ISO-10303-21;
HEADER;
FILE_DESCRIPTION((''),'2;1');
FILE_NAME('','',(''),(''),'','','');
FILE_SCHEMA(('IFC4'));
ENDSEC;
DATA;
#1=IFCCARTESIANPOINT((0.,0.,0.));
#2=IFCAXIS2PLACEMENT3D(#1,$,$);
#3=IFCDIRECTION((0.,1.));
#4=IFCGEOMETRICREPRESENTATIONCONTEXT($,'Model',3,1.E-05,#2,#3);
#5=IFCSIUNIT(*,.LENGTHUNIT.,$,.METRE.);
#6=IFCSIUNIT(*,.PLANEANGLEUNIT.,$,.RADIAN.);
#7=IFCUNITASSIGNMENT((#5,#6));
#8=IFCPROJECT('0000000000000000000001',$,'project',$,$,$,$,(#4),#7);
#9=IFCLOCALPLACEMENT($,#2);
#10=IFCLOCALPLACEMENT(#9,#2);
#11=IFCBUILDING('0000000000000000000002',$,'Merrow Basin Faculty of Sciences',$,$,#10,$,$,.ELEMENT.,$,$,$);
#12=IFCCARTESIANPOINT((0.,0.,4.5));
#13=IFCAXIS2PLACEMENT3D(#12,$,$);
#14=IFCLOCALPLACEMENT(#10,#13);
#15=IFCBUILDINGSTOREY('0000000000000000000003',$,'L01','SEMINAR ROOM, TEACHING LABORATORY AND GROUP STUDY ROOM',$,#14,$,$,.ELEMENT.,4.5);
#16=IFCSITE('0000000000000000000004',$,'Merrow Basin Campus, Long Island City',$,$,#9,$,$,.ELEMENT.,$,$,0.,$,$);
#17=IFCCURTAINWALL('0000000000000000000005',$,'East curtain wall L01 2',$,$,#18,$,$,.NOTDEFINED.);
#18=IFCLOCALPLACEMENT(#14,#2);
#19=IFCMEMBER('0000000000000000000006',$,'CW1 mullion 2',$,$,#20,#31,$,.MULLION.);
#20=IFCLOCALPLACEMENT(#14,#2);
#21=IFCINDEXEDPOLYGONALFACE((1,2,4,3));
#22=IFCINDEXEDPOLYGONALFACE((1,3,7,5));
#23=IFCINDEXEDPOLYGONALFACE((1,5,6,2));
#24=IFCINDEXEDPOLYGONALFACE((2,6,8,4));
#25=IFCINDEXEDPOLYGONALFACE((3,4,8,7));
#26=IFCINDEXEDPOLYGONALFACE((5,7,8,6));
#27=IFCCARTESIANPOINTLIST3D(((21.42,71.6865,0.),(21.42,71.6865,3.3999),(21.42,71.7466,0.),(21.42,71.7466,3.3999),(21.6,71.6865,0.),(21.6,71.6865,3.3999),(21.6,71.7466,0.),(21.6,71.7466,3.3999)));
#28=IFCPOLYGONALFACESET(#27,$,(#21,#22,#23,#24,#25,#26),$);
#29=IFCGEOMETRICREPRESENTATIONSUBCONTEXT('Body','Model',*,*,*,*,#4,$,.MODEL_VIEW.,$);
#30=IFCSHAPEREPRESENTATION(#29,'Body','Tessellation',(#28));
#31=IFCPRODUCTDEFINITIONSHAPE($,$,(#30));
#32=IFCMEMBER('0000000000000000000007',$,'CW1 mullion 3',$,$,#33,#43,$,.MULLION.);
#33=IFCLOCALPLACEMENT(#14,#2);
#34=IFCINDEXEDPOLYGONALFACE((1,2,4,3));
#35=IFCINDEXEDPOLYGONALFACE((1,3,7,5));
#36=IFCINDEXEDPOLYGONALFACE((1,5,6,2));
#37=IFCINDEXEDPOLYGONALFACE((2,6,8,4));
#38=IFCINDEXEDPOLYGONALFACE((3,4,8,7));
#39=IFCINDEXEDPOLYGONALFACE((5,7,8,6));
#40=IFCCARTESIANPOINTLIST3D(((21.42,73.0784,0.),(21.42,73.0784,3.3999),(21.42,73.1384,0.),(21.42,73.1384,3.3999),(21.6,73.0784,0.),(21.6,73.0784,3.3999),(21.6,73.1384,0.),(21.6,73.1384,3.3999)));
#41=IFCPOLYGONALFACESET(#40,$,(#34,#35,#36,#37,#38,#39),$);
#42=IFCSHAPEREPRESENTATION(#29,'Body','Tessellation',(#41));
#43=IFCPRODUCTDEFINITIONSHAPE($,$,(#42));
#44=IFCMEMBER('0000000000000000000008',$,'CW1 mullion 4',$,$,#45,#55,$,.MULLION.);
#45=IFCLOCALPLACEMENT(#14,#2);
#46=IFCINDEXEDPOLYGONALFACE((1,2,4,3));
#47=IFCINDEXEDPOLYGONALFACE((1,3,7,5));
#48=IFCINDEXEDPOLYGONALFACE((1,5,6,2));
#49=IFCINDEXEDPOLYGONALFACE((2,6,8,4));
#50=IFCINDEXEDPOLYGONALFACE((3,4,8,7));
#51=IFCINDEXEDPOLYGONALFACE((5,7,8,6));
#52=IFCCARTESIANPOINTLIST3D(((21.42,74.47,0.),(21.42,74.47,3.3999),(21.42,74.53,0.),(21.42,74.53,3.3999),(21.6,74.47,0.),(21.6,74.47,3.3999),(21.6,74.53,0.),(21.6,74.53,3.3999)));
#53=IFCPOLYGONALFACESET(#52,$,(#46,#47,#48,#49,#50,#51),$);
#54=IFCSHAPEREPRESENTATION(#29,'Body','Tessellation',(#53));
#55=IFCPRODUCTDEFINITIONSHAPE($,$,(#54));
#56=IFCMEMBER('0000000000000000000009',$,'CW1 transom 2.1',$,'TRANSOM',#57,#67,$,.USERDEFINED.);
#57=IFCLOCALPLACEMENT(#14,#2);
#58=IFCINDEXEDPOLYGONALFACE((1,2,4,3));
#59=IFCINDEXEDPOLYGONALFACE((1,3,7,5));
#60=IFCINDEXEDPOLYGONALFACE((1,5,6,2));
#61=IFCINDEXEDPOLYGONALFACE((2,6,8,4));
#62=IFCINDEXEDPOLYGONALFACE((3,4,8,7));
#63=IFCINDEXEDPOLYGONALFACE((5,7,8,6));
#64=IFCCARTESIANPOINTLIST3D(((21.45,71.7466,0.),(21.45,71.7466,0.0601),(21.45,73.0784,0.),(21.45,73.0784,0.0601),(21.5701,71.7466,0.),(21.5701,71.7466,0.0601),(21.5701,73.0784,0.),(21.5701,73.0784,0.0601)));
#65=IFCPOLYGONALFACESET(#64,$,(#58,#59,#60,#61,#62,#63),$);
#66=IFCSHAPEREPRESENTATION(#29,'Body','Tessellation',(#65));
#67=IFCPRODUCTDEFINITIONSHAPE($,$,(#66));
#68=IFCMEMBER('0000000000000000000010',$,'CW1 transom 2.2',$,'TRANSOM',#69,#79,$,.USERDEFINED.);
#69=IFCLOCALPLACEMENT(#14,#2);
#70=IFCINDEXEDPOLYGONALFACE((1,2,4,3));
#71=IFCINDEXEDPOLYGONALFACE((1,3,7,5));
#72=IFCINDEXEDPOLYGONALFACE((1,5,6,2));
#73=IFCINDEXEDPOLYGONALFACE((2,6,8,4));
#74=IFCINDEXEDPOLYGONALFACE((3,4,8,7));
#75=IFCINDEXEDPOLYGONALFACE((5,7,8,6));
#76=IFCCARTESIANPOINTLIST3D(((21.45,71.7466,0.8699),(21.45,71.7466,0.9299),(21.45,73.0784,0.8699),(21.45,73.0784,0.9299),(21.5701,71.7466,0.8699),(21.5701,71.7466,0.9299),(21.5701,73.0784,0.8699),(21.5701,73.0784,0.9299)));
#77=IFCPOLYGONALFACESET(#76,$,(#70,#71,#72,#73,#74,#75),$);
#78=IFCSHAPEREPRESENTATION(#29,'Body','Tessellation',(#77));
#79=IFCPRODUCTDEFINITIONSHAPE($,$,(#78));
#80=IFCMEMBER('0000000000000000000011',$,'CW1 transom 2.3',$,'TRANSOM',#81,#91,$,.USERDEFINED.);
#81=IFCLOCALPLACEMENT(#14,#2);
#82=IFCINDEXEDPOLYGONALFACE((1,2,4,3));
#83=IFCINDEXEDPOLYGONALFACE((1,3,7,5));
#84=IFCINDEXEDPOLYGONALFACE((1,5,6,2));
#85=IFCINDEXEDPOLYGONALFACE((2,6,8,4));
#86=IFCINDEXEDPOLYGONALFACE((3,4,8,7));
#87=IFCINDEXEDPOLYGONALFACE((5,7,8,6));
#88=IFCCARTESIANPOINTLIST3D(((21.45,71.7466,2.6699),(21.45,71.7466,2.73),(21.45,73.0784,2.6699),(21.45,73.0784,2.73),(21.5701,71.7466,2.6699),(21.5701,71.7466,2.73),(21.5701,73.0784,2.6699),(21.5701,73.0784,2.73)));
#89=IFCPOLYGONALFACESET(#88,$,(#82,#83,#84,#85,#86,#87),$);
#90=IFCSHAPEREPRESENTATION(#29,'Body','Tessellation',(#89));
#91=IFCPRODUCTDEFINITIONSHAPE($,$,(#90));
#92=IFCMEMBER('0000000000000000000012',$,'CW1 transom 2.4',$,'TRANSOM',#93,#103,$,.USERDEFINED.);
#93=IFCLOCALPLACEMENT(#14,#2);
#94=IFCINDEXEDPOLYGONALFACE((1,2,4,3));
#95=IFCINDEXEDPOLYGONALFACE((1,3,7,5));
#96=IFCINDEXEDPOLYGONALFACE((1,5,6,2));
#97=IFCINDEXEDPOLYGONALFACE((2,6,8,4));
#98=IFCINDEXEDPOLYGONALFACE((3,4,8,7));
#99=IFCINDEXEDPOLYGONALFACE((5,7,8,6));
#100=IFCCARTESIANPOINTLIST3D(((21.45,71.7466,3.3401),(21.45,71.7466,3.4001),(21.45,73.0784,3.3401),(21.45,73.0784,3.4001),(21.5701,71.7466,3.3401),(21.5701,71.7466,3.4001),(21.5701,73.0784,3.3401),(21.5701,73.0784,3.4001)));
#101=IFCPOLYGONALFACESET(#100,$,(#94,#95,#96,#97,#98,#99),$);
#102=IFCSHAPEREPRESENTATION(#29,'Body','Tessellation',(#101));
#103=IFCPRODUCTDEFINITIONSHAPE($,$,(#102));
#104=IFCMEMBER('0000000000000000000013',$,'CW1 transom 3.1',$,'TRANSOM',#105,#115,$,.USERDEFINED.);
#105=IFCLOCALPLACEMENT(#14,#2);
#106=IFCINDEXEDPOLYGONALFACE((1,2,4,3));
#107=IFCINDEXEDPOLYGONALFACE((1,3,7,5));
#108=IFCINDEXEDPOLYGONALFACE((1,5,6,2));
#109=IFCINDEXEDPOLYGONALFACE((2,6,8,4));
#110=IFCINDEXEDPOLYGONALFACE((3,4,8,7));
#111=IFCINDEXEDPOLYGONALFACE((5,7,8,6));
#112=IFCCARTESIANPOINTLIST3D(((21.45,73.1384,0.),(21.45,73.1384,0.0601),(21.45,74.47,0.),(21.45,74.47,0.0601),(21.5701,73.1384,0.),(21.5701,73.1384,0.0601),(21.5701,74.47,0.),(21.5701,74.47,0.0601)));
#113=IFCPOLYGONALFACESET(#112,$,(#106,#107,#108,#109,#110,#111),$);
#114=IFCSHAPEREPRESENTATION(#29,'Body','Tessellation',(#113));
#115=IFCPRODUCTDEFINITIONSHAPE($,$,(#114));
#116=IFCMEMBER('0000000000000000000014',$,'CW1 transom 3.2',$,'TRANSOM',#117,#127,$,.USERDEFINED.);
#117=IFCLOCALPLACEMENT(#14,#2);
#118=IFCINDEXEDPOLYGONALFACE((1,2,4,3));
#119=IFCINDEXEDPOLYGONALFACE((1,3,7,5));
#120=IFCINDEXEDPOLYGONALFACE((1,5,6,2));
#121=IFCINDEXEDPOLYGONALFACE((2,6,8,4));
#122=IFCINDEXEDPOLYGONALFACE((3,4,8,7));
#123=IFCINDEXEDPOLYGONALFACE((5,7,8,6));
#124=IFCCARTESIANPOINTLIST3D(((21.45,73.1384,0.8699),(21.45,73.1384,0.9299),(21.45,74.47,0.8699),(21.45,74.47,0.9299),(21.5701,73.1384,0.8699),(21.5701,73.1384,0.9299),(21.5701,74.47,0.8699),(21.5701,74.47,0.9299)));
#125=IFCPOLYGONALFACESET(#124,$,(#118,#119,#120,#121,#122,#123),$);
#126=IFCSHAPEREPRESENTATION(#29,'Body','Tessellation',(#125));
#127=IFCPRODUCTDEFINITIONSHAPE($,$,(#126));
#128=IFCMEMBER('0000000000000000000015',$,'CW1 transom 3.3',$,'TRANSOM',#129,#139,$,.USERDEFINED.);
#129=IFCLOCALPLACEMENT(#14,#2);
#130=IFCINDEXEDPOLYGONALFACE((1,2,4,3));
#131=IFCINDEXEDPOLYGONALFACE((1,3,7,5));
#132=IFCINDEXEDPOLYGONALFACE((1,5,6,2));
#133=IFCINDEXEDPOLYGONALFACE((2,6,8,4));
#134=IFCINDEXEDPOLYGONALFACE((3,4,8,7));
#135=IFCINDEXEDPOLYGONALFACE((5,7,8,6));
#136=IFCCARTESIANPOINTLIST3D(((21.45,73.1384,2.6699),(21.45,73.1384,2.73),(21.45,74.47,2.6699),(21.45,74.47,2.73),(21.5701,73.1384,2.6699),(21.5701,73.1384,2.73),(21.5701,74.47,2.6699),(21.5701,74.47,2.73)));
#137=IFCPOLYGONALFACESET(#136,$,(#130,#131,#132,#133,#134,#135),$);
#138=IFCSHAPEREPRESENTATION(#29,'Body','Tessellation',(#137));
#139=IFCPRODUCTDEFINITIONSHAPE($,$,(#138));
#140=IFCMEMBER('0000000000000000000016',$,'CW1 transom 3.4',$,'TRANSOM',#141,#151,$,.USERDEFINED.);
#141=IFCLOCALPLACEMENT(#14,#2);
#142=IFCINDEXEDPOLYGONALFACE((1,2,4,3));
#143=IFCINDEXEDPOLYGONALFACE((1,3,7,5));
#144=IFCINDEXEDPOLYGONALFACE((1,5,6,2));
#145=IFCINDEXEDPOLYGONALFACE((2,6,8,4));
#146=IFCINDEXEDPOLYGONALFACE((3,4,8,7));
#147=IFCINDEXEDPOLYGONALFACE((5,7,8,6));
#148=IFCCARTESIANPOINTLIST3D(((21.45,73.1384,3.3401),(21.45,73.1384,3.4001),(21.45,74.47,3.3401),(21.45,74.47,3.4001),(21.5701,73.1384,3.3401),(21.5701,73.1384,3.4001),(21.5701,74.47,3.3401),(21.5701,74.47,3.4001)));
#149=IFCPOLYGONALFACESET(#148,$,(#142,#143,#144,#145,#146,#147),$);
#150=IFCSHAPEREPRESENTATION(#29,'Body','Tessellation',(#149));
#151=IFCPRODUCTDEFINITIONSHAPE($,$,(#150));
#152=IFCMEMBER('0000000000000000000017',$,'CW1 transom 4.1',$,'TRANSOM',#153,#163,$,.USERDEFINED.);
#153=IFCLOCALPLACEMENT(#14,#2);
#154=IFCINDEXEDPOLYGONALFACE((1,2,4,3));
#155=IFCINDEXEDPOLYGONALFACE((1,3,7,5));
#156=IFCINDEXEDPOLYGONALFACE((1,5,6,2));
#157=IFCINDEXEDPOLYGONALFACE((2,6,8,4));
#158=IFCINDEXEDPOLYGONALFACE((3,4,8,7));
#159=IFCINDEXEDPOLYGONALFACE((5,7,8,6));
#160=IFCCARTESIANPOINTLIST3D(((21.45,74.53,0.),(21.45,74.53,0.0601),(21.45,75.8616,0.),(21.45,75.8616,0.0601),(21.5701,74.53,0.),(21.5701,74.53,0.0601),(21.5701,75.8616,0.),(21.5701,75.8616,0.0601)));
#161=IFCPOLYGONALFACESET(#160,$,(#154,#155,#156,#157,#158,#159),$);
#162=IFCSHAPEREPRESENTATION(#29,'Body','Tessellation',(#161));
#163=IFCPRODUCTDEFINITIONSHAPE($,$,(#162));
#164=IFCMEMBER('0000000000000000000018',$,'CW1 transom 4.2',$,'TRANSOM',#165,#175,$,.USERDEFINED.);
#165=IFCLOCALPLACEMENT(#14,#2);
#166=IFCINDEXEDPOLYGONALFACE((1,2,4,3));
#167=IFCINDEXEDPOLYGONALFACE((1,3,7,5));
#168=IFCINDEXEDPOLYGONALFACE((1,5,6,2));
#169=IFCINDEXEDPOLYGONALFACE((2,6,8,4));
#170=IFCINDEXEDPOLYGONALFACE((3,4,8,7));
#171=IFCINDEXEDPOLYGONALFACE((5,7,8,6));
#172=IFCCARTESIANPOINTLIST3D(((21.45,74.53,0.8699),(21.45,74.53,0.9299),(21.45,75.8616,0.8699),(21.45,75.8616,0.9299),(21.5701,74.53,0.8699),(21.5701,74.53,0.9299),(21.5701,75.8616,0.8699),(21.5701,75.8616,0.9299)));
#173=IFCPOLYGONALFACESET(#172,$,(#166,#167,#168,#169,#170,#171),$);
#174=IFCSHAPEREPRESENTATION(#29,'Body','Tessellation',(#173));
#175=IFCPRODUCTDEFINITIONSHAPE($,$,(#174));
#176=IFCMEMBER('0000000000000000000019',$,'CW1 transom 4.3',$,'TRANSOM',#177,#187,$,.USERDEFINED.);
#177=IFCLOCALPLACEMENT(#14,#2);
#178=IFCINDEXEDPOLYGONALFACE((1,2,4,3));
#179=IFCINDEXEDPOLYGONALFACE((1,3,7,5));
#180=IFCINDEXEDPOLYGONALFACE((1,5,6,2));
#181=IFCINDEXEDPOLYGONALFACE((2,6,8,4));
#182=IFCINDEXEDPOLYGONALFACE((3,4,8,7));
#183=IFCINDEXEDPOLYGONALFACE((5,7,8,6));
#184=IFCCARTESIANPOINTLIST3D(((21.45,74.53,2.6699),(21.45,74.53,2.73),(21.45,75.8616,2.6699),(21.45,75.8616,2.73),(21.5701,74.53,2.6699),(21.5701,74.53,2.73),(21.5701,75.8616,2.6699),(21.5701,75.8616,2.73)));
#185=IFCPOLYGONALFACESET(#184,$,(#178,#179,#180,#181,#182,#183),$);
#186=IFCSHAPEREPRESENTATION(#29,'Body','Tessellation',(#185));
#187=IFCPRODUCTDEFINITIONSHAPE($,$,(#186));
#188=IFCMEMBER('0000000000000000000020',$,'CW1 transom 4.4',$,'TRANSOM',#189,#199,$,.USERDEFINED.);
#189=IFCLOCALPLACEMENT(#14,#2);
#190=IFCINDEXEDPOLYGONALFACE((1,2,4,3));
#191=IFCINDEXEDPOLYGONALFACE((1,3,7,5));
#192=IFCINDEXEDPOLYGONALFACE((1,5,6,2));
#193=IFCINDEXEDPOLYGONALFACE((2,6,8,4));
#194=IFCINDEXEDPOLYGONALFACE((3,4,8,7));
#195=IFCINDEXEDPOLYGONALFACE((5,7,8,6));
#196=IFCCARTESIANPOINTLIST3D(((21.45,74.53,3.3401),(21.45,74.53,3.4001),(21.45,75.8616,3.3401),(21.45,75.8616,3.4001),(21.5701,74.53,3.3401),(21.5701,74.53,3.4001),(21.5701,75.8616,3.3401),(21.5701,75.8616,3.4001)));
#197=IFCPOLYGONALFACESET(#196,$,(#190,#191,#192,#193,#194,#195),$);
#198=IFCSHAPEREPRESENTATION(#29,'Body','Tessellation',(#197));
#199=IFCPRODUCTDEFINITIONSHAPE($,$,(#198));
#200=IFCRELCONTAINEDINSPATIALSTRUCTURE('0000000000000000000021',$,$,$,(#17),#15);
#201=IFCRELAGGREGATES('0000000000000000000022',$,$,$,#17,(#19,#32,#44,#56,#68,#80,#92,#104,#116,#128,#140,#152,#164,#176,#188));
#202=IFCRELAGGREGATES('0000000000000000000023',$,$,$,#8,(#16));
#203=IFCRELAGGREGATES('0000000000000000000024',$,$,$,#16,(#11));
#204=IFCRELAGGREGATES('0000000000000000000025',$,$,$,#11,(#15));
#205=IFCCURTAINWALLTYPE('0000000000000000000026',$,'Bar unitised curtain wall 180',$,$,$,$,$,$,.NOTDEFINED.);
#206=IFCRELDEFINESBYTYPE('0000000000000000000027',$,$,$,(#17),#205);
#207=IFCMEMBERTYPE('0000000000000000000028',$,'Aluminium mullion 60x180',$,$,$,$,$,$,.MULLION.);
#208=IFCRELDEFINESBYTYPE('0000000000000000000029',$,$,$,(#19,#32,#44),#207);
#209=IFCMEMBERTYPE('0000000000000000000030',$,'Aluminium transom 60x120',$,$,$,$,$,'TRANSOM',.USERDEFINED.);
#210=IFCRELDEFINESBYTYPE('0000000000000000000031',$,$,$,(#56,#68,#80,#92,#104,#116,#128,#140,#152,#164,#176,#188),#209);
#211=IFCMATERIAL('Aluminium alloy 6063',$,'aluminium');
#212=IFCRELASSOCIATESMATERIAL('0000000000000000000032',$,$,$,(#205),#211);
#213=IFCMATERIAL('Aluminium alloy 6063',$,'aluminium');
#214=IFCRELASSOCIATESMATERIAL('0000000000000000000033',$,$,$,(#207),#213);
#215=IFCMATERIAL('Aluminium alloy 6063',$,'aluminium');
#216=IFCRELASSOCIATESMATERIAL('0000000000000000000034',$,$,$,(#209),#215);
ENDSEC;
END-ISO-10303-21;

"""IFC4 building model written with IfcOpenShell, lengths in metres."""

from ifc_helpers import new_model, si_unit, direction, frame, origin, origin_2d, place, context, subcontext, project, spatial, rectangle, extrude, material, material_profile, profile_set, type_object, element, aggregate, save


model = new_model("IFC4")

# Units and contexts
model_context = context("Model", 3, precision=1e-05, world=origin(), true_north=direction((0.0, 1.0)))
body_context = subcontext(model_context, "Body", "Model", "MODEL_VIEW")
ifc_project = project(units=[si_unit("LENGTHUNIT", "METRE"), si_unit("PLANEANGLEUNIT", "RADIAN")], contexts=[model_context])

# Site, building, storey
site_placement = place(None, origin())
site = spatial("IfcSite", under=ifc_project, at=site_placement, Name="Merrow Basin Campus, Long Island City", CompositionType="ELEMENT", RefElevation=0.0)
building_placement = place(site_placement, origin())
building = spatial("IfcBuilding", under=site, at=building_placement, Name="Merrow Basin Faculty of Sciences", CompositionType="ELEMENT")
storey_placement = place(building_placement, frame((0.0, 0.0, 4.5)))
storey = spatial("IfcBuildingStorey", under=building, at=storey_placement, Name="L01", Description="SEMINAR ROOM, TEACHING LABORATORY AND GROUP STUDY ROOM", CompositionType="ELEMENT", Elevation=4.5)

# Curtain wall, members
ifc_material_1 = material(Name="Aluminium alloy 6063", Category="aluminium")
curtain_wall_type = type_object("IfcCurtainWallType", Name="Bar unitised curtain wall 180", PredefinedType="NOTDEFINED", material=ifc_material_1)
curtain_wall_placement = place(storey_placement, origin())
curtain_wall = element("IfcCurtainWall", 1, at=curtain_wall_placement, inside=storey, type_object=curtain_wall_type, Name="East curtain wall L01 2", PredefinedType="NOTDEFINED")
ifc_material_2 = material(Name="Aluminium alloy 6063", Category="aluminium")
ifc_material_profile_1 = material_profile(ifc_material_2, rectangle(XDim=0.1799, YDim=0.0601, at=origin_2d()))
ifc_profile_set_1 = profile_set([ifc_material_profile_1], Name="Aluminium alloy 6063")
member_type_1 = type_object("IfcMemberType", Name="Aluminium mullion 60x180", PredefinedType="MULLION", material=ifc_profile_set_1)
member_1_placement = place(storey_placement, frame((21.51, 71.7166, 0.0), z_axis=(0.0, 0.0, 1.0), x_axis=(-1.0, 0.0, 0.0)))
member_1 = element("IfcMember", 2, at=member_1_placement, type_object=member_type_1, Name="CW1 mullion 2", PredefinedType="MULLION", context=body_context, shape_type="SweptSolid", body=[
    extrude(rectangle(XDim=0.1799, YDim=0.0601, at=origin_2d()), origin(), (0.0, 0.0, 1.0), 3.3999),
])
member_2_placement = place(storey_placement, frame((21.51, 73.1084, 0.0), z_axis=(0.0, 0.0, 1.0), x_axis=(-1.0, 0.0, 0.0)))
member_2 = element("IfcMember", 3, at=member_2_placement, type_object=member_type_1, Name="CW1 mullion 3", PredefinedType="MULLION", context=body_context, shape_type="SweptSolid", body=[
    extrude(rectangle(XDim=0.1799, YDim=0.0601, at=origin_2d()), origin(), (0.0, 0.0, 1.0), 3.3999),
])
member_3_placement = place(storey_placement, frame((21.51, 74.5, 0.0), z_axis=(0.0, 0.0, 1.0), x_axis=(-1.0, 0.0, 0.0)))
member_3 = element("IfcMember", 4, at=member_3_placement, type_object=member_type_1, Name="CW1 mullion 4", PredefinedType="MULLION", context=body_context, shape_type="SweptSolid", body=[
    extrude(rectangle(XDim=0.1799, YDim=0.0601, at=origin_2d()), origin(), (0.0, 0.0, 1.0), 3.3999),
])
ifc_material_3 = material(Name="Aluminium alloy 6063", Category="aluminium")
ifc_material_profile_2 = material_profile(ifc_material_3, rectangle(XDim=0.1201, YDim=0.0601, at=origin_2d()))
ifc_profile_set_2 = profile_set([ifc_material_profile_2], Name="Aluminium alloy 6063")
member_type_2 = type_object("IfcMemberType", Name="Aluminium transom 60x120", ElementType="TRANSOM", PredefinedType="USERDEFINED", material=ifc_profile_set_2)
member_4_placement = place(storey_placement, frame((21.51, 71.7466, 0.03), z_axis=(0.0, 1.0, 0.0), x_axis=(-1.0, 0.0, 0.0)))
member_4 = element("IfcMember", 5, at=member_4_placement, type_object=member_type_2, Name="CW1 transom 2.1", ObjectType="TRANSOM", PredefinedType="USERDEFINED", context=body_context, shape_type="SweptSolid", body=[
    extrude(rectangle(XDim=0.1201, YDim=0.0601, at=origin_2d()), origin(), (0.0, 0.0, 1.0), 1.3318),
])
member_5_placement = place(storey_placement, frame((21.51, 71.7466, 0.8999), z_axis=(0.0, 1.0, 0.0), x_axis=(-1.0, 0.0, 0.0)))
member_5 = element("IfcMember", 6, at=member_5_placement, type_object=member_type_2, Name="CW1 transom 2.2", ObjectType="TRANSOM", PredefinedType="USERDEFINED", context=body_context, shape_type="SweptSolid", body=[
    extrude(rectangle(XDim=0.1201, YDim=0.0601, at=origin_2d()), origin(), (0.0, 0.0, 1.0), 1.3318),
])
member_6_placement = place(storey_placement, frame((21.51, 71.7466, 2.7), z_axis=(0.0, 1.0, 0.0), x_axis=(-1.0, 0.0, 0.0)))
member_6 = element("IfcMember", 7, at=member_6_placement, type_object=member_type_2, Name="CW1 transom 2.3", ObjectType="TRANSOM", PredefinedType="USERDEFINED", context=body_context, shape_type="SweptSolid", body=[
    extrude(rectangle(XDim=0.1201, YDim=0.0601, at=origin_2d()), origin(), (0.0, 0.0, 1.0), 1.3318),
])
member_7_placement = place(storey_placement, frame((21.51, 71.7466, 3.3701), z_axis=(0.0, 1.0, 0.0), x_axis=(-1.0, 0.0, 0.0)))
member_7 = element("IfcMember", 8, at=member_7_placement, type_object=member_type_2, Name="CW1 transom 2.4", ObjectType="TRANSOM", PredefinedType="USERDEFINED", context=body_context, shape_type="SweptSolid", body=[
    extrude(rectangle(XDim=0.1201, YDim=0.0601, at=origin_2d()), origin(), (0.0, 0.0, 1.0), 1.3318),
])
member_8_placement = place(storey_placement, frame((21.51, 73.1384, 0.03), z_axis=(0.0, 1.0, 0.0), x_axis=(-1.0, 0.0, 0.0)))
member_8 = element("IfcMember", 9, at=member_8_placement, type_object=member_type_2, Name="CW1 transom 3.1", ObjectType="TRANSOM", PredefinedType="USERDEFINED", context=body_context, shape_type="SweptSolid", body=[
    extrude(rectangle(XDim=0.1201, YDim=0.0601, at=origin_2d()), origin(), (0.0, 0.0, 1.0), 1.3315),
])
member_9_placement = place(storey_placement, frame((21.51, 73.1384, 0.8999), z_axis=(0.0, 1.0, 0.0), x_axis=(-1.0, 0.0, 0.0)))
member_9 = element("IfcMember", 10, at=member_9_placement, type_object=member_type_2, Name="CW1 transom 3.2", ObjectType="TRANSOM", PredefinedType="USERDEFINED", context=body_context, shape_type="SweptSolid", body=[
    extrude(rectangle(XDim=0.1201, YDim=0.0601, at=origin_2d()), origin(), (0.0, 0.0, 1.0), 1.3315),
])
member_10_placement = place(storey_placement, frame((21.51, 73.1384, 2.7), z_axis=(0.0, 1.0, 0.0), x_axis=(-1.0, 0.0, 0.0)))
member_10 = element("IfcMember", 11, at=member_10_placement, type_object=member_type_2, Name="CW1 transom 3.3", ObjectType="TRANSOM", PredefinedType="USERDEFINED", context=body_context, shape_type="SweptSolid", body=[
    extrude(rectangle(XDim=0.1201, YDim=0.0601, at=origin_2d()), origin(), (0.0, 0.0, 1.0), 1.3315),
])
member_11_placement = place(storey_placement, frame((21.51, 73.1384, 3.3701), z_axis=(0.0, 1.0, 0.0), x_axis=(-1.0, 0.0, 0.0)))
member_11 = element("IfcMember", 12, at=member_11_placement, type_object=member_type_2, Name="CW1 transom 3.4", ObjectType="TRANSOM", PredefinedType="USERDEFINED", context=body_context, shape_type="SweptSolid", body=[
    extrude(rectangle(XDim=0.1201, YDim=0.0601, at=origin_2d()), origin(), (0.0, 0.0, 1.0), 1.3315),
])
member_12_placement = place(storey_placement, frame((21.51, 74.53, 0.03), z_axis=(0.0, 1.0, 0.0), x_axis=(-1.0, 0.0, 0.0)))
member_12 = element("IfcMember", 13, at=member_12_placement, type_object=member_type_2, Name="CW1 transom 4.1", ObjectType="TRANSOM", PredefinedType="USERDEFINED", context=body_context, shape_type="SweptSolid", body=[
    extrude(rectangle(XDim=0.1201, YDim=0.0601, at=origin_2d()), origin(), (0.0, 0.0, 1.0), 1.3315),
])
member_13_placement = place(storey_placement, frame((21.51, 74.53, 0.8999), z_axis=(0.0, 1.0, 0.0), x_axis=(-1.0, 0.0, 0.0)))
member_13 = element("IfcMember", 14, at=member_13_placement, type_object=member_type_2, Name="CW1 transom 4.2", ObjectType="TRANSOM", PredefinedType="USERDEFINED", context=body_context, shape_type="SweptSolid", body=[
    extrude(rectangle(XDim=0.1201, YDim=0.0601, at=origin_2d()), origin(), (0.0, 0.0, 1.0), 1.3315),
])
member_14_placement = place(storey_placement, frame((21.51, 74.53, 2.7), z_axis=(0.0, 1.0, 0.0), x_axis=(-1.0, 0.0, 0.0)))
member_14 = element("IfcMember", 15, at=member_14_placement, type_object=member_type_2, Name="CW1 transom 4.3", ObjectType="TRANSOM", PredefinedType="USERDEFINED", context=body_context, shape_type="SweptSolid", body=[
    extrude(rectangle(XDim=0.1201, YDim=0.0601, at=origin_2d()), origin(), (0.0, 0.0, 1.0), 1.3315),
])
member_15_placement = place(storey_placement, frame((21.51, 74.53, 3.3701), z_axis=(0.0, 1.0, 0.0), x_axis=(-1.0, 0.0, 0.0)))
member_15 = element("IfcMember", 16, at=member_15_placement, type_object=member_type_2, Name="CW1 transom 4.4", ObjectType="TRANSOM", PredefinedType="USERDEFINED", context=body_context, shape_type="SweptSolid", body=[
    extrude(rectangle(XDim=0.1201, YDim=0.0601, at=origin_2d()), origin(), (0.0, 0.0, 1.0), 1.3315),
])
aggregate(curtain_wall, [member_1, member_2, member_3, member_4, member_5, member_6, member_7, member_8, member_9, member_10, member_11, member_12, member_13, member_14, member_15])

save(model, "model.ifc")
